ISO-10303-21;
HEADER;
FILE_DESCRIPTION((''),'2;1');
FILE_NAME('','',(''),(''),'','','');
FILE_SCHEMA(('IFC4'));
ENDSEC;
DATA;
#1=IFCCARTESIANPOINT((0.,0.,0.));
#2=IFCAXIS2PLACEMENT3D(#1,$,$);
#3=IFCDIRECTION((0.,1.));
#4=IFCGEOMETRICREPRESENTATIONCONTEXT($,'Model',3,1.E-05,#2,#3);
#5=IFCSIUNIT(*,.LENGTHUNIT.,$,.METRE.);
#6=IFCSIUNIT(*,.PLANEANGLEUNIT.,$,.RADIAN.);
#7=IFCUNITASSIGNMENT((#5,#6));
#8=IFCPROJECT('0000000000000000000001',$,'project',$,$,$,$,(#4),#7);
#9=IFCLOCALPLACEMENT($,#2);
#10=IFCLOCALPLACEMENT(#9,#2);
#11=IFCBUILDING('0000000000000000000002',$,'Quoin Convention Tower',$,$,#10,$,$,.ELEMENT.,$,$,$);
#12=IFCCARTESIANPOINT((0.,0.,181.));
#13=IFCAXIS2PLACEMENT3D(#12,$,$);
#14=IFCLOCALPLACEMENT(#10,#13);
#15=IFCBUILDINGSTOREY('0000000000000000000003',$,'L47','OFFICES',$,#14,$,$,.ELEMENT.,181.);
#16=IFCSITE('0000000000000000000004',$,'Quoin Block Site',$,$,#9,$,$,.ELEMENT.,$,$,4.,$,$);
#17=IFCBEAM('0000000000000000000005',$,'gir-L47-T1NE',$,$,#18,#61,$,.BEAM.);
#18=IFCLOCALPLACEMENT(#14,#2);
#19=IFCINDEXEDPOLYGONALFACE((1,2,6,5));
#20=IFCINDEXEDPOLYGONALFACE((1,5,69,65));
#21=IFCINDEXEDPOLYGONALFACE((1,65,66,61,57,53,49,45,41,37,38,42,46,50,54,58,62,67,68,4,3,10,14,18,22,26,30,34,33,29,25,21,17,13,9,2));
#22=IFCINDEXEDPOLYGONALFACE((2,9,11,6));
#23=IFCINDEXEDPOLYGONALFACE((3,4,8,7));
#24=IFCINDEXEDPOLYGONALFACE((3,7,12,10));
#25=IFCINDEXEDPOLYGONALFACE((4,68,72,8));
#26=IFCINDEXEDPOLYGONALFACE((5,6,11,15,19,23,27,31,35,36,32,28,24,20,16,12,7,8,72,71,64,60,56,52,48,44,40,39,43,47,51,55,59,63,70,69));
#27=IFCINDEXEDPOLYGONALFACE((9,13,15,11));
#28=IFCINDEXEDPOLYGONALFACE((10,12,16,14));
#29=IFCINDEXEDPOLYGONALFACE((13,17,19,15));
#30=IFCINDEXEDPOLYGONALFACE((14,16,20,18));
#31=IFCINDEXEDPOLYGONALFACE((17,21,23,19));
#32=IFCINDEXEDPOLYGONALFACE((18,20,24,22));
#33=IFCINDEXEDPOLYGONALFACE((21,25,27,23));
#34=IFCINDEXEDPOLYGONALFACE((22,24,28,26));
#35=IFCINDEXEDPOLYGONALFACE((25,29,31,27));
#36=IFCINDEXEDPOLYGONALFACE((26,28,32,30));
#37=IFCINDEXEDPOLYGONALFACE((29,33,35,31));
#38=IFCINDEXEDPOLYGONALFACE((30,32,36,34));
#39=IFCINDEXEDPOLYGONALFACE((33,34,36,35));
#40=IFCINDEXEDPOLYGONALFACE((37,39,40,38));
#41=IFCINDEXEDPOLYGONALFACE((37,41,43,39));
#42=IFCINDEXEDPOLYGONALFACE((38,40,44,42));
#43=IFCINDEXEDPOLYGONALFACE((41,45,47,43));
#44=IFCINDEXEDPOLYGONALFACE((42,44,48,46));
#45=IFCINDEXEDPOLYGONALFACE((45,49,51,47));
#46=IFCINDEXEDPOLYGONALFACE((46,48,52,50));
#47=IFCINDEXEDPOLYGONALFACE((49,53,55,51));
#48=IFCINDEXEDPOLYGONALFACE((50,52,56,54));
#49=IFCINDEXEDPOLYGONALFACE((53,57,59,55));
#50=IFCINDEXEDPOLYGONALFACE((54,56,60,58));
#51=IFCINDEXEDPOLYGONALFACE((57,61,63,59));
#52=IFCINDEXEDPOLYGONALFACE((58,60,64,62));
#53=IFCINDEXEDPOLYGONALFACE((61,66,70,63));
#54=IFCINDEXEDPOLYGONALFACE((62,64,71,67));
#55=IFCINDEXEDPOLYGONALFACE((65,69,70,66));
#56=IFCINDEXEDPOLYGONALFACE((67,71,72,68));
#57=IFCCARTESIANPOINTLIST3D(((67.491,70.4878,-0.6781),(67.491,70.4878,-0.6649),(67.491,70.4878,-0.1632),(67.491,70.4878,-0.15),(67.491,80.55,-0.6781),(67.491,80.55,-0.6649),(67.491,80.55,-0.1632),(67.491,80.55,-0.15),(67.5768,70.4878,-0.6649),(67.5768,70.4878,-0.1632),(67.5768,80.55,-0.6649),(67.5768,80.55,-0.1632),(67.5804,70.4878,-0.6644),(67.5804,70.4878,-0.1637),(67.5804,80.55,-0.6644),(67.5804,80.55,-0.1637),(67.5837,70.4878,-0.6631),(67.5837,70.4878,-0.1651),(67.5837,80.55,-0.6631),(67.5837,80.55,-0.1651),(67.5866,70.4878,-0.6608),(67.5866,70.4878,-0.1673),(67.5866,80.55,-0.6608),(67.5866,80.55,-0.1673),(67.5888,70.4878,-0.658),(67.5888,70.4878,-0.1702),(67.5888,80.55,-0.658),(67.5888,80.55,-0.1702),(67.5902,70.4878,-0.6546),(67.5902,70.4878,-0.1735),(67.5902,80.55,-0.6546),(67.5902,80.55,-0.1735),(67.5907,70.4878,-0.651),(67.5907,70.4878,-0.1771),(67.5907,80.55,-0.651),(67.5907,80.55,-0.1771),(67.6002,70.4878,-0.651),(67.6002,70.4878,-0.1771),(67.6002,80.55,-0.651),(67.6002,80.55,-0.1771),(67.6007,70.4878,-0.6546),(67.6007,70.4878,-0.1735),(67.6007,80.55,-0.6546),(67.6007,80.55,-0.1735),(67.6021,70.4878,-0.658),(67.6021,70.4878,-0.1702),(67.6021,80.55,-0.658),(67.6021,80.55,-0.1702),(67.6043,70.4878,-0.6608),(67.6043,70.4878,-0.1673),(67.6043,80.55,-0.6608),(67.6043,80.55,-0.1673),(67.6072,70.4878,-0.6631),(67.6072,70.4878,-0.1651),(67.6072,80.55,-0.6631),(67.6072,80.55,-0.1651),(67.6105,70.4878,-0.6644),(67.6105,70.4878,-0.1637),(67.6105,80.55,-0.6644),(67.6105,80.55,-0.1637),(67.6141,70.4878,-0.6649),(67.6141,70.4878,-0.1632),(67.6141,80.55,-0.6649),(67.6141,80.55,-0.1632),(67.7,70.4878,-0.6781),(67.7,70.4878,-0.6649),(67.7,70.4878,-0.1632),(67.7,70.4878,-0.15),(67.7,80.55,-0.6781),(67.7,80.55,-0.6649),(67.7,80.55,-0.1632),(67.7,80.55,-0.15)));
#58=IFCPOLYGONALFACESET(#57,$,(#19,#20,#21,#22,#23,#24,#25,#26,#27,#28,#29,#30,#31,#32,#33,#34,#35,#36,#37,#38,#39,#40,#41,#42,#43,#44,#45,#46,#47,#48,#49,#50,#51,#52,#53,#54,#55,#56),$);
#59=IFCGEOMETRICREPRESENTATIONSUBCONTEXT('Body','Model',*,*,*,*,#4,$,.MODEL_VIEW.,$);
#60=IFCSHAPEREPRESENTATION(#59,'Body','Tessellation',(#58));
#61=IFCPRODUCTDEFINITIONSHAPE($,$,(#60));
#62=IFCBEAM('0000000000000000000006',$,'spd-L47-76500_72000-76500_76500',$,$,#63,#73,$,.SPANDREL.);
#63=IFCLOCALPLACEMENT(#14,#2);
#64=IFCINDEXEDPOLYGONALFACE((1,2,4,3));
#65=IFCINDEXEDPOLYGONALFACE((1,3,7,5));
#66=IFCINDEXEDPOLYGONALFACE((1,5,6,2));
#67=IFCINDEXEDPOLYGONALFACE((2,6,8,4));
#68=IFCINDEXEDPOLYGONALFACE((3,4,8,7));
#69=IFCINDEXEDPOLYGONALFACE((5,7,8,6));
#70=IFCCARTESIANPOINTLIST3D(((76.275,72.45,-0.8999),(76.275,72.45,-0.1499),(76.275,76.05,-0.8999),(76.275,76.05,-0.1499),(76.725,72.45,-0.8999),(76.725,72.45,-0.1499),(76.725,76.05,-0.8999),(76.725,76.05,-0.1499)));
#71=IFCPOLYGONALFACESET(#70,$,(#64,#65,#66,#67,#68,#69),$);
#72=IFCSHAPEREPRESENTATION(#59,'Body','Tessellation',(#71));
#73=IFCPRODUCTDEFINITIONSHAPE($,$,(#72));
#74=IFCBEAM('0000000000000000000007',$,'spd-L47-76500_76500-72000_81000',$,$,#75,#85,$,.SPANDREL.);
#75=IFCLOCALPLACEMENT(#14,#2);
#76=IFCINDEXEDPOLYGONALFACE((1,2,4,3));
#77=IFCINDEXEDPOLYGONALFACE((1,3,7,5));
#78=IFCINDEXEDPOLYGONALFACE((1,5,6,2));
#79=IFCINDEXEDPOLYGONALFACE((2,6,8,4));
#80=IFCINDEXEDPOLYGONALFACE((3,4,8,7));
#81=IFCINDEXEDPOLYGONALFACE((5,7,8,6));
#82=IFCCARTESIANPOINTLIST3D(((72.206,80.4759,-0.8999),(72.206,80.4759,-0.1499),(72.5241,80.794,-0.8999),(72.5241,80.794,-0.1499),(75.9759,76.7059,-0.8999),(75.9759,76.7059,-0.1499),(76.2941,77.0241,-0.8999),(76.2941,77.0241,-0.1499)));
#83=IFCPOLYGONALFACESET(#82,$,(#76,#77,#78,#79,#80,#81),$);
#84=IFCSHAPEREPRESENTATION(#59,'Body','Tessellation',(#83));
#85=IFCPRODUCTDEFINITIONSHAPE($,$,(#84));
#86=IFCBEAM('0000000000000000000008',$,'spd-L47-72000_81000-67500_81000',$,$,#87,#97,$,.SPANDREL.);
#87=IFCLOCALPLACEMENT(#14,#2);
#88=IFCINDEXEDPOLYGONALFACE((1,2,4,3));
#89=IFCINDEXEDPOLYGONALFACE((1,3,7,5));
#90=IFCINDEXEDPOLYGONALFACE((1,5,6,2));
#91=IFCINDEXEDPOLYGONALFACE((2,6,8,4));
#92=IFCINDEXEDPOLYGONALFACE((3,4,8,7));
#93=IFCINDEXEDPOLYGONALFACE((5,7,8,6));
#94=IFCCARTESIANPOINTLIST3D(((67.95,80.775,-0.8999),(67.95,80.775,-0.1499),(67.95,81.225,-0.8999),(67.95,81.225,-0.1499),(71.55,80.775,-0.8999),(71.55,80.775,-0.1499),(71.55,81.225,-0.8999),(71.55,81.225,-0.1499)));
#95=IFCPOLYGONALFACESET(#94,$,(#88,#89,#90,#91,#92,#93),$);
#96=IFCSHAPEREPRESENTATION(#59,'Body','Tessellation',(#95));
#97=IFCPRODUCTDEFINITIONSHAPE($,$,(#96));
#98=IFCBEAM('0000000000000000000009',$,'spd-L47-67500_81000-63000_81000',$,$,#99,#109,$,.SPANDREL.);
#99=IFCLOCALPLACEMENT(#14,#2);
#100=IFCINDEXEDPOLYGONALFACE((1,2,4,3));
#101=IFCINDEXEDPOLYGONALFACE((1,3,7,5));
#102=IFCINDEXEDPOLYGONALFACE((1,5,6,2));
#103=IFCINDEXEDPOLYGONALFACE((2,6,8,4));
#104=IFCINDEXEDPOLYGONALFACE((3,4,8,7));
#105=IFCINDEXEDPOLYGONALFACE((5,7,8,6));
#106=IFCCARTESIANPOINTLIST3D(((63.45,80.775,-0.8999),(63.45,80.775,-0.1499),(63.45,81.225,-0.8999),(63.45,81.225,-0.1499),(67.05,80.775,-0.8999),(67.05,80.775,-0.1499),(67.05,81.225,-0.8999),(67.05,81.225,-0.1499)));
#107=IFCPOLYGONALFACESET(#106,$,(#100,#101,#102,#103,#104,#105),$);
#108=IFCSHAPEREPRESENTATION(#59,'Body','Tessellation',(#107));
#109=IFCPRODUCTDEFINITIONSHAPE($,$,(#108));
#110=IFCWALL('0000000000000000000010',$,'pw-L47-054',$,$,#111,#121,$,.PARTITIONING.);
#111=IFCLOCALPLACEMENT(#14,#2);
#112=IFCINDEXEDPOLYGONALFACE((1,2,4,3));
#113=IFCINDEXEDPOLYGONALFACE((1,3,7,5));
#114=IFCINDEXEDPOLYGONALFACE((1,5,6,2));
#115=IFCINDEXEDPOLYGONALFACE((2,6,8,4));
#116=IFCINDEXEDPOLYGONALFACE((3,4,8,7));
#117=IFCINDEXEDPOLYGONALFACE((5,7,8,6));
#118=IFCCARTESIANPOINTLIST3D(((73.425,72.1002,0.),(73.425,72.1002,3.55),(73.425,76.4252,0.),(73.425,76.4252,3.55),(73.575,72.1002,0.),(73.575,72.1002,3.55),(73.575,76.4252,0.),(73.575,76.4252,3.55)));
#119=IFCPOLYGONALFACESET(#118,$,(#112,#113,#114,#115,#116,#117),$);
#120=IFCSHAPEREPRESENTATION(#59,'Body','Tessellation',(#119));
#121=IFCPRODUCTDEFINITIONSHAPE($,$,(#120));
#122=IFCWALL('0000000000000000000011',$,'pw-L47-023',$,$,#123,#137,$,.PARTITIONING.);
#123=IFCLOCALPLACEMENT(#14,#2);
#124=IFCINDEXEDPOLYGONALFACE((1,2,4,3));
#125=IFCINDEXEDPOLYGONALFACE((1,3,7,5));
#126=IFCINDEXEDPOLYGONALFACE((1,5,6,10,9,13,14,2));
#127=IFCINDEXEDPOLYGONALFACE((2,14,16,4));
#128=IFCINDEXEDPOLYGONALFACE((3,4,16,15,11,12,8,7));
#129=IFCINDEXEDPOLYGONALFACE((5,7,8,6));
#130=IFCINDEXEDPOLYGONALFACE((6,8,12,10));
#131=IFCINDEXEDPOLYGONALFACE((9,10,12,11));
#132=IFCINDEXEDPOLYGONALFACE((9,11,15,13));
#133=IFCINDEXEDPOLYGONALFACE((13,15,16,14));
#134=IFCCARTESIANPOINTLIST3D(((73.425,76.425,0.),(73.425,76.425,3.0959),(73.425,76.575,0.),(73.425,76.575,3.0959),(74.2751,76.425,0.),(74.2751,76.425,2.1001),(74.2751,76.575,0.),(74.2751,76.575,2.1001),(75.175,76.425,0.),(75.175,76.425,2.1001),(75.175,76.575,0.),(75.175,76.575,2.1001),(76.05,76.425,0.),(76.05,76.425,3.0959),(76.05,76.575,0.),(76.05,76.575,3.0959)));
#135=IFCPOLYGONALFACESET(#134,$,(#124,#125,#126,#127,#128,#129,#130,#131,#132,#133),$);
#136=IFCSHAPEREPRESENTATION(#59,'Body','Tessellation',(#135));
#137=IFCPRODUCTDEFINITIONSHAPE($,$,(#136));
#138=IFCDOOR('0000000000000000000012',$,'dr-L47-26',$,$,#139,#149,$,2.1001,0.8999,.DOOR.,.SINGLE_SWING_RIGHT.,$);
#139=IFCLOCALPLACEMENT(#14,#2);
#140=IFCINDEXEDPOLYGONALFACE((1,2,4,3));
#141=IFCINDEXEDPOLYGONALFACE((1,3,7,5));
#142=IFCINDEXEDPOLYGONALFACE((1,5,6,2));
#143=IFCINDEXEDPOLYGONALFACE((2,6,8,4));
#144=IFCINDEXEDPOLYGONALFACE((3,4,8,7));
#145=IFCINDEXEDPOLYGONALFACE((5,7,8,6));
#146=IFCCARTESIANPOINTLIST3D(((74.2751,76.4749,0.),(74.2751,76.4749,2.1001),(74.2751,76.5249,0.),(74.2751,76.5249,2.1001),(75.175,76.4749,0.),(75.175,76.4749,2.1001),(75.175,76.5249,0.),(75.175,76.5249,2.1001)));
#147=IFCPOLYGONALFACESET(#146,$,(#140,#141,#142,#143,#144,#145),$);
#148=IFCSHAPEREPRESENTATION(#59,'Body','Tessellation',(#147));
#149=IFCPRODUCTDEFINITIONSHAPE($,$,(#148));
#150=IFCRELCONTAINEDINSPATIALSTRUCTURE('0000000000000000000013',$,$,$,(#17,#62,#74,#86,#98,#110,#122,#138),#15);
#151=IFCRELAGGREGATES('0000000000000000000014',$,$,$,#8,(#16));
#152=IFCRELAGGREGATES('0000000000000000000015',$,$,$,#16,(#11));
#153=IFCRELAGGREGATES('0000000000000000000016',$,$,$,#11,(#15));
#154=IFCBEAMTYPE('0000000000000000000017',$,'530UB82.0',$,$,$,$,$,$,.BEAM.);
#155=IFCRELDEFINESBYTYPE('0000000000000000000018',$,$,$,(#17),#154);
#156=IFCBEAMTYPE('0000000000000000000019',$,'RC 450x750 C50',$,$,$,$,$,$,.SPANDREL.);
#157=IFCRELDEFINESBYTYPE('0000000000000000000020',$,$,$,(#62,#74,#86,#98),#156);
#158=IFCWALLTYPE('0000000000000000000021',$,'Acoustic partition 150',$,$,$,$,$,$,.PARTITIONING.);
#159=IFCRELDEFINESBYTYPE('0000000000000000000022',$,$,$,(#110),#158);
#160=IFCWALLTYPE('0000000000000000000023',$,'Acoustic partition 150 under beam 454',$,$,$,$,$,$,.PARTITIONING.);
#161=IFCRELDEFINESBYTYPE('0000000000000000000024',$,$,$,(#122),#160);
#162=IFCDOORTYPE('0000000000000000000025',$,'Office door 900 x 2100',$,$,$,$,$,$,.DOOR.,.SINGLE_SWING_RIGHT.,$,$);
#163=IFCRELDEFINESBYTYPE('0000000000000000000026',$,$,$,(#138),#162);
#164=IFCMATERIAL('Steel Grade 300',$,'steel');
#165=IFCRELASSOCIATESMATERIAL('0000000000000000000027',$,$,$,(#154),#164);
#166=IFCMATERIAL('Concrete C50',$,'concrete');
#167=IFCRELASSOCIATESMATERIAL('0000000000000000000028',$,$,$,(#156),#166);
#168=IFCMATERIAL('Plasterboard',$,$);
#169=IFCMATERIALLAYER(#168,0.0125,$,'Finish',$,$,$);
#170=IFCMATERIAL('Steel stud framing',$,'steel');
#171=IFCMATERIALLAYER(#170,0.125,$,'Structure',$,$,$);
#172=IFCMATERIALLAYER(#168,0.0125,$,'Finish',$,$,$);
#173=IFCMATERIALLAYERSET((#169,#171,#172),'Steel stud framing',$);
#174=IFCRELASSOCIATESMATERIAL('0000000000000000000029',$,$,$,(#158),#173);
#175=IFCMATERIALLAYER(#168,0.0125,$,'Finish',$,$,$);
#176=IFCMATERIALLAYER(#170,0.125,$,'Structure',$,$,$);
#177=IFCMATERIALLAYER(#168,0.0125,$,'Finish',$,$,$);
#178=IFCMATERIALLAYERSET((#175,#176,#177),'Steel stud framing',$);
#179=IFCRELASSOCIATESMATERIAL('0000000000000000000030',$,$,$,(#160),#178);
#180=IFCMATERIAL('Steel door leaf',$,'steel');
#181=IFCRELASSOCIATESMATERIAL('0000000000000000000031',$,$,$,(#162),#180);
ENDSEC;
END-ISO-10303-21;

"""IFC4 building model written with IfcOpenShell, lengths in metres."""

from ifc_helpers import new_model, si_unit, direction, frame, frame_2d, origin, origin_2d, place, context, subcontext, project, spatial, rectangle, i_section, extrude, material, layer, layer_set, material_profile, profile_set, type_object, element, fill, save


model = new_model("IFC4")

# Units and contexts
model_context = context("Model", 3, precision=1e-05, world=origin(), true_north=direction((0.0, 1.0)))
body_context = subcontext(model_context, "Body", "Model", "MODEL_VIEW")
ifc_project = project(units=[si_unit("LENGTHUNIT", "METRE"), si_unit("PLANEANGLEUNIT", "RADIAN")], contexts=[model_context])

# Site, building, storey
site_placement = place(None, origin())
site = spatial("IfcSite", under=ifc_project, at=site_placement, Name="Quoin Block Site", CompositionType="ELEMENT", RefElevation=4.0)
building_placement = place(site_placement, origin())
building = spatial("IfcBuilding", under=site, at=building_placement, Name="Quoin Convention Tower", CompositionType="ELEMENT")
storey_placement = place(building_placement, frame((0.0, 0.0, 181.0)))
storey = spatial("IfcBuildingStorey", under=building, at=storey_placement, Name="L47", Description="OFFICES", CompositionType="ELEMENT", Elevation=181.0)

# Shared definitions
ifc_material_1 = material(Name="Concrete C50", Category="concrete")

# Beams
ifc_material_2 = material(Name="Steel Grade 300", Category="steel")
ifc_material_profile_1 = material_profile(ifc_material_2, i_section(OverallWidth=0.209, OverallDepth=0.5281, WebThickness=0.0095, FlangeThickness=0.0132, FilletRadius=0.0139, at=origin_2d()), Name="530UB82.0")
ifc_profile_set_1 = profile_set([ifc_material_profile_1], Name="Steel Grade 300")
beam_type_1 = type_object("IfcBeamType", Name="530UB82.0", PredefinedType="BEAM", material=ifc_profile_set_1)
beam_1_placement = place(storey_placement, frame((67.5955, 80.55, -0.4141), z_axis=(0.0, -1.0, 0.0), x_axis=(1.0, 0.0, 0.0)))
element("IfcBeam", 1, at=beam_1_placement, inside=storey, type_object=beam_type_1, Name="gir-L47-T1NE", PredefinedType="BEAM", context=body_context, shape_type="SweptSolid", body=[
    extrude(i_section(OverallWidth=0.209, OverallDepth=0.5281, WebThickness=0.0095, FlangeThickness=0.0132, FilletRadius=0.0139, at=origin_2d()), origin(), (0.0, 0.0, 1.0), 10.0623),
])
ifc_material_profile_2 = material_profile(ifc_material_1, rectangle(XDim=0.45, YDim=0.75, at=origin_2d()), Name="RC 450x750")
ifc_profile_set_2 = profile_set([ifc_material_profile_2], Name="Concrete C50")
beam_type_2 = type_object("IfcBeamType", Name="RC 450x750 C50", PredefinedType="SPANDREL", material=ifc_profile_set_2)
beam_2_placement = place(storey_placement, frame((76.5, 72.45, -0.5249), z_axis=(0.0, 1.0, 0.0), x_axis=(-1.0, 0.0, 0.0)))
element("IfcBeam", 2, at=beam_2_placement, inside=storey, type_object=beam_type_2, Name="spd-L47-76500_72000-76500_76500", PredefinedType="SPANDREL", context=body_context, shape_type="SweptSolid", body=[
    extrude(rectangle(XDim=0.45, YDim=0.75, at=origin_2d()), origin(), (0.0, 0.0, 1.0), 3.6001),
])
beam_3_placement = place(storey_placement, frame((76.135, 76.865, -0.5249), z_axis=(-0.707107, 0.707107, 0.0), x_axis=(-0.707107, -0.707107, 0.0)))
element("IfcBeam", 3, at=beam_3_placement, inside=storey, type_object=beam_type_2, Name="spd-L47-76500_76500-72000_81000", PredefinedType="SPANDREL", context=body_context, shape_type="SweptSolid", body=[
    extrude(rectangle(XDim=0.45, YDim=0.75, at=origin_2d()), origin(), (0.0, 0.0, 1.0), 5.3315),
])
for number, where, z_axis, x_axis, name in (
    (4, (71.55, 81.0, -0.5249), (-1.0, 0.0, 0.0), (0.0, -1.0, 0.0), "spd-L47-72000_81000-67500_81000"),
    (5, (67.05, 81.0, -0.5249), (-1.0, 0.0, 0.0), (0.0, -1.0, 0.0), "spd-L47-67500_81000-63000_81000"),
):
    element("IfcBeam", number, at=place(storey_placement, frame(where, z_axis=z_axis, x_axis=x_axis)), inside=storey, type_object=beam_type_2, Name=name, PredefinedType="SPANDREL", context=body_context, shape_type="SweptSolid", body=[
        extrude(rectangle(XDim=0.45, YDim=0.75, at=origin_2d()), origin(), (0.0, 0.0, 1.0), 3.6001),
    ])

# Wall
ifc_material_3 = material(Name="Plasterboard")
ifc_layer_1 = layer(ifc_material_3, 0.0125, Name="Finish")
ifc_material_4 = material(Name="Steel stud framing", Category="steel")
ifc_layer_2 = layer(ifc_material_4, 0.125, Name="Structure")
ifc_layer_3 = layer(ifc_material_3, 0.0125, Name="Finish")
ifc_layer_set_1 = layer_set([ifc_layer_1, ifc_layer_2, ifc_layer_3], Name="Steel stud framing")
wall_type_1 = type_object("IfcWallType", Name="Acoustic partition 150", PredefinedType="PARTITIONING", material=ifc_layer_set_1)
wall_1_placement = place(storey_placement, frame((73.5, 72.1001, 0.0), z_axis=(0.0, 0.0, 1.0), x_axis=(0.0, 1.0, 0.0)))
element("IfcWall", 6, at=wall_1_placement, inside=storey, type_object=wall_type_1, Name="pw-L47-054", PredefinedType="PARTITIONING", context=body_context, shape_type="SweptSolid", body=[
    extrude(rectangle(XDim=4.325, YDim=0.1499, at=frame_2d((2.1626, 0.0))), origin(), (0.0, 0.0, 1.0), 3.55),
])

# Wall, opening, door
ifc_layer_4 = layer(ifc_material_3, 0.0125, Name="Finish")
ifc_layer_5 = layer(ifc_material_4, 0.125, Name="Structure")
ifc_layer_6 = layer(ifc_material_3, 0.0125, Name="Finish")
ifc_layer_set_2 = layer_set([ifc_layer_4, ifc_layer_5, ifc_layer_6], Name="Steel stud framing")
wall_type_2 = type_object("IfcWallType", Name="Acoustic partition 150 under beam 454", PredefinedType="PARTITIONING", material=ifc_layer_set_2)
wall_2_placement = place(storey_placement, frame((73.425, 76.5, 0.0), z_axis=(0.0, 0.0, 1.0), x_axis=(1.0, 0.0, 0.0)))
wall_2 = element("IfcWall", 7, at=wall_2_placement, inside=storey, type_object=wall_type_2, Name="pw-L47-023", PredefinedType="PARTITIONING", context=body_context, shape_type="SweptSolid", body=[
    extrude(rectangle(XDim=2.625, YDim=0.1499, at=frame_2d((1.3125, 0.0))), origin(), (0.0, 0.0, 1.0), 3.0959),
])
opening_1_placement = place(wall_2_placement, frame((0.8501, 0.0, 0.0)))
opening_1 = element("IfcOpeningElement", 8, at=opening_1_placement, cuts=wall_2, PredefinedType="OPENING", context=body_context, shape_type="SweptSolid", body=[
    extrude(rectangle(XDim=0.8999, YDim=2.1001, at=frame_2d((0.45, 1.05))), frame((0.0, 0.085, 0.0), z_axis=(0.0, -1.0, 0.0), x_axis=(1.0, 0.0, 0.0)), (0.0, 0.0, 1.0), 0.1699),
])
ifc_material_5 = material(Name="Steel door leaf", Category="steel")
door_type_1 = type_object("IfcDoorType", Name="Office door 900 x 2100", OperationType="SINGLE_SWING_RIGHT", PredefinedType="DOOR", material=ifc_material_5)
door_1_placement = place(opening_1_placement, origin())
door_1 = element("IfcDoor", 9, at=door_1_placement, inside=storey, type_object=door_type_1, Name="dr-L47-26", OperationType="SINGLE_SWING_RIGHT", OverallHeight=2.1001, OverallWidth=0.8999, PredefinedType="DOOR", context=body_context, shape_type="SweptSolid", body=[
    extrude(rectangle(XDim=0.8999, YDim=2.1001, at=frame_2d((0.45, 1.05))), frame((0.0, 0.0249, 0.0), z_axis=(0.0, -1.0, 0.0), x_axis=(1.0, 0.0, 0.0)), (0.0, 0.0, 1.0), 0.05),
])
fill(opening_1, door_1)

save(model, "model.ifc")
